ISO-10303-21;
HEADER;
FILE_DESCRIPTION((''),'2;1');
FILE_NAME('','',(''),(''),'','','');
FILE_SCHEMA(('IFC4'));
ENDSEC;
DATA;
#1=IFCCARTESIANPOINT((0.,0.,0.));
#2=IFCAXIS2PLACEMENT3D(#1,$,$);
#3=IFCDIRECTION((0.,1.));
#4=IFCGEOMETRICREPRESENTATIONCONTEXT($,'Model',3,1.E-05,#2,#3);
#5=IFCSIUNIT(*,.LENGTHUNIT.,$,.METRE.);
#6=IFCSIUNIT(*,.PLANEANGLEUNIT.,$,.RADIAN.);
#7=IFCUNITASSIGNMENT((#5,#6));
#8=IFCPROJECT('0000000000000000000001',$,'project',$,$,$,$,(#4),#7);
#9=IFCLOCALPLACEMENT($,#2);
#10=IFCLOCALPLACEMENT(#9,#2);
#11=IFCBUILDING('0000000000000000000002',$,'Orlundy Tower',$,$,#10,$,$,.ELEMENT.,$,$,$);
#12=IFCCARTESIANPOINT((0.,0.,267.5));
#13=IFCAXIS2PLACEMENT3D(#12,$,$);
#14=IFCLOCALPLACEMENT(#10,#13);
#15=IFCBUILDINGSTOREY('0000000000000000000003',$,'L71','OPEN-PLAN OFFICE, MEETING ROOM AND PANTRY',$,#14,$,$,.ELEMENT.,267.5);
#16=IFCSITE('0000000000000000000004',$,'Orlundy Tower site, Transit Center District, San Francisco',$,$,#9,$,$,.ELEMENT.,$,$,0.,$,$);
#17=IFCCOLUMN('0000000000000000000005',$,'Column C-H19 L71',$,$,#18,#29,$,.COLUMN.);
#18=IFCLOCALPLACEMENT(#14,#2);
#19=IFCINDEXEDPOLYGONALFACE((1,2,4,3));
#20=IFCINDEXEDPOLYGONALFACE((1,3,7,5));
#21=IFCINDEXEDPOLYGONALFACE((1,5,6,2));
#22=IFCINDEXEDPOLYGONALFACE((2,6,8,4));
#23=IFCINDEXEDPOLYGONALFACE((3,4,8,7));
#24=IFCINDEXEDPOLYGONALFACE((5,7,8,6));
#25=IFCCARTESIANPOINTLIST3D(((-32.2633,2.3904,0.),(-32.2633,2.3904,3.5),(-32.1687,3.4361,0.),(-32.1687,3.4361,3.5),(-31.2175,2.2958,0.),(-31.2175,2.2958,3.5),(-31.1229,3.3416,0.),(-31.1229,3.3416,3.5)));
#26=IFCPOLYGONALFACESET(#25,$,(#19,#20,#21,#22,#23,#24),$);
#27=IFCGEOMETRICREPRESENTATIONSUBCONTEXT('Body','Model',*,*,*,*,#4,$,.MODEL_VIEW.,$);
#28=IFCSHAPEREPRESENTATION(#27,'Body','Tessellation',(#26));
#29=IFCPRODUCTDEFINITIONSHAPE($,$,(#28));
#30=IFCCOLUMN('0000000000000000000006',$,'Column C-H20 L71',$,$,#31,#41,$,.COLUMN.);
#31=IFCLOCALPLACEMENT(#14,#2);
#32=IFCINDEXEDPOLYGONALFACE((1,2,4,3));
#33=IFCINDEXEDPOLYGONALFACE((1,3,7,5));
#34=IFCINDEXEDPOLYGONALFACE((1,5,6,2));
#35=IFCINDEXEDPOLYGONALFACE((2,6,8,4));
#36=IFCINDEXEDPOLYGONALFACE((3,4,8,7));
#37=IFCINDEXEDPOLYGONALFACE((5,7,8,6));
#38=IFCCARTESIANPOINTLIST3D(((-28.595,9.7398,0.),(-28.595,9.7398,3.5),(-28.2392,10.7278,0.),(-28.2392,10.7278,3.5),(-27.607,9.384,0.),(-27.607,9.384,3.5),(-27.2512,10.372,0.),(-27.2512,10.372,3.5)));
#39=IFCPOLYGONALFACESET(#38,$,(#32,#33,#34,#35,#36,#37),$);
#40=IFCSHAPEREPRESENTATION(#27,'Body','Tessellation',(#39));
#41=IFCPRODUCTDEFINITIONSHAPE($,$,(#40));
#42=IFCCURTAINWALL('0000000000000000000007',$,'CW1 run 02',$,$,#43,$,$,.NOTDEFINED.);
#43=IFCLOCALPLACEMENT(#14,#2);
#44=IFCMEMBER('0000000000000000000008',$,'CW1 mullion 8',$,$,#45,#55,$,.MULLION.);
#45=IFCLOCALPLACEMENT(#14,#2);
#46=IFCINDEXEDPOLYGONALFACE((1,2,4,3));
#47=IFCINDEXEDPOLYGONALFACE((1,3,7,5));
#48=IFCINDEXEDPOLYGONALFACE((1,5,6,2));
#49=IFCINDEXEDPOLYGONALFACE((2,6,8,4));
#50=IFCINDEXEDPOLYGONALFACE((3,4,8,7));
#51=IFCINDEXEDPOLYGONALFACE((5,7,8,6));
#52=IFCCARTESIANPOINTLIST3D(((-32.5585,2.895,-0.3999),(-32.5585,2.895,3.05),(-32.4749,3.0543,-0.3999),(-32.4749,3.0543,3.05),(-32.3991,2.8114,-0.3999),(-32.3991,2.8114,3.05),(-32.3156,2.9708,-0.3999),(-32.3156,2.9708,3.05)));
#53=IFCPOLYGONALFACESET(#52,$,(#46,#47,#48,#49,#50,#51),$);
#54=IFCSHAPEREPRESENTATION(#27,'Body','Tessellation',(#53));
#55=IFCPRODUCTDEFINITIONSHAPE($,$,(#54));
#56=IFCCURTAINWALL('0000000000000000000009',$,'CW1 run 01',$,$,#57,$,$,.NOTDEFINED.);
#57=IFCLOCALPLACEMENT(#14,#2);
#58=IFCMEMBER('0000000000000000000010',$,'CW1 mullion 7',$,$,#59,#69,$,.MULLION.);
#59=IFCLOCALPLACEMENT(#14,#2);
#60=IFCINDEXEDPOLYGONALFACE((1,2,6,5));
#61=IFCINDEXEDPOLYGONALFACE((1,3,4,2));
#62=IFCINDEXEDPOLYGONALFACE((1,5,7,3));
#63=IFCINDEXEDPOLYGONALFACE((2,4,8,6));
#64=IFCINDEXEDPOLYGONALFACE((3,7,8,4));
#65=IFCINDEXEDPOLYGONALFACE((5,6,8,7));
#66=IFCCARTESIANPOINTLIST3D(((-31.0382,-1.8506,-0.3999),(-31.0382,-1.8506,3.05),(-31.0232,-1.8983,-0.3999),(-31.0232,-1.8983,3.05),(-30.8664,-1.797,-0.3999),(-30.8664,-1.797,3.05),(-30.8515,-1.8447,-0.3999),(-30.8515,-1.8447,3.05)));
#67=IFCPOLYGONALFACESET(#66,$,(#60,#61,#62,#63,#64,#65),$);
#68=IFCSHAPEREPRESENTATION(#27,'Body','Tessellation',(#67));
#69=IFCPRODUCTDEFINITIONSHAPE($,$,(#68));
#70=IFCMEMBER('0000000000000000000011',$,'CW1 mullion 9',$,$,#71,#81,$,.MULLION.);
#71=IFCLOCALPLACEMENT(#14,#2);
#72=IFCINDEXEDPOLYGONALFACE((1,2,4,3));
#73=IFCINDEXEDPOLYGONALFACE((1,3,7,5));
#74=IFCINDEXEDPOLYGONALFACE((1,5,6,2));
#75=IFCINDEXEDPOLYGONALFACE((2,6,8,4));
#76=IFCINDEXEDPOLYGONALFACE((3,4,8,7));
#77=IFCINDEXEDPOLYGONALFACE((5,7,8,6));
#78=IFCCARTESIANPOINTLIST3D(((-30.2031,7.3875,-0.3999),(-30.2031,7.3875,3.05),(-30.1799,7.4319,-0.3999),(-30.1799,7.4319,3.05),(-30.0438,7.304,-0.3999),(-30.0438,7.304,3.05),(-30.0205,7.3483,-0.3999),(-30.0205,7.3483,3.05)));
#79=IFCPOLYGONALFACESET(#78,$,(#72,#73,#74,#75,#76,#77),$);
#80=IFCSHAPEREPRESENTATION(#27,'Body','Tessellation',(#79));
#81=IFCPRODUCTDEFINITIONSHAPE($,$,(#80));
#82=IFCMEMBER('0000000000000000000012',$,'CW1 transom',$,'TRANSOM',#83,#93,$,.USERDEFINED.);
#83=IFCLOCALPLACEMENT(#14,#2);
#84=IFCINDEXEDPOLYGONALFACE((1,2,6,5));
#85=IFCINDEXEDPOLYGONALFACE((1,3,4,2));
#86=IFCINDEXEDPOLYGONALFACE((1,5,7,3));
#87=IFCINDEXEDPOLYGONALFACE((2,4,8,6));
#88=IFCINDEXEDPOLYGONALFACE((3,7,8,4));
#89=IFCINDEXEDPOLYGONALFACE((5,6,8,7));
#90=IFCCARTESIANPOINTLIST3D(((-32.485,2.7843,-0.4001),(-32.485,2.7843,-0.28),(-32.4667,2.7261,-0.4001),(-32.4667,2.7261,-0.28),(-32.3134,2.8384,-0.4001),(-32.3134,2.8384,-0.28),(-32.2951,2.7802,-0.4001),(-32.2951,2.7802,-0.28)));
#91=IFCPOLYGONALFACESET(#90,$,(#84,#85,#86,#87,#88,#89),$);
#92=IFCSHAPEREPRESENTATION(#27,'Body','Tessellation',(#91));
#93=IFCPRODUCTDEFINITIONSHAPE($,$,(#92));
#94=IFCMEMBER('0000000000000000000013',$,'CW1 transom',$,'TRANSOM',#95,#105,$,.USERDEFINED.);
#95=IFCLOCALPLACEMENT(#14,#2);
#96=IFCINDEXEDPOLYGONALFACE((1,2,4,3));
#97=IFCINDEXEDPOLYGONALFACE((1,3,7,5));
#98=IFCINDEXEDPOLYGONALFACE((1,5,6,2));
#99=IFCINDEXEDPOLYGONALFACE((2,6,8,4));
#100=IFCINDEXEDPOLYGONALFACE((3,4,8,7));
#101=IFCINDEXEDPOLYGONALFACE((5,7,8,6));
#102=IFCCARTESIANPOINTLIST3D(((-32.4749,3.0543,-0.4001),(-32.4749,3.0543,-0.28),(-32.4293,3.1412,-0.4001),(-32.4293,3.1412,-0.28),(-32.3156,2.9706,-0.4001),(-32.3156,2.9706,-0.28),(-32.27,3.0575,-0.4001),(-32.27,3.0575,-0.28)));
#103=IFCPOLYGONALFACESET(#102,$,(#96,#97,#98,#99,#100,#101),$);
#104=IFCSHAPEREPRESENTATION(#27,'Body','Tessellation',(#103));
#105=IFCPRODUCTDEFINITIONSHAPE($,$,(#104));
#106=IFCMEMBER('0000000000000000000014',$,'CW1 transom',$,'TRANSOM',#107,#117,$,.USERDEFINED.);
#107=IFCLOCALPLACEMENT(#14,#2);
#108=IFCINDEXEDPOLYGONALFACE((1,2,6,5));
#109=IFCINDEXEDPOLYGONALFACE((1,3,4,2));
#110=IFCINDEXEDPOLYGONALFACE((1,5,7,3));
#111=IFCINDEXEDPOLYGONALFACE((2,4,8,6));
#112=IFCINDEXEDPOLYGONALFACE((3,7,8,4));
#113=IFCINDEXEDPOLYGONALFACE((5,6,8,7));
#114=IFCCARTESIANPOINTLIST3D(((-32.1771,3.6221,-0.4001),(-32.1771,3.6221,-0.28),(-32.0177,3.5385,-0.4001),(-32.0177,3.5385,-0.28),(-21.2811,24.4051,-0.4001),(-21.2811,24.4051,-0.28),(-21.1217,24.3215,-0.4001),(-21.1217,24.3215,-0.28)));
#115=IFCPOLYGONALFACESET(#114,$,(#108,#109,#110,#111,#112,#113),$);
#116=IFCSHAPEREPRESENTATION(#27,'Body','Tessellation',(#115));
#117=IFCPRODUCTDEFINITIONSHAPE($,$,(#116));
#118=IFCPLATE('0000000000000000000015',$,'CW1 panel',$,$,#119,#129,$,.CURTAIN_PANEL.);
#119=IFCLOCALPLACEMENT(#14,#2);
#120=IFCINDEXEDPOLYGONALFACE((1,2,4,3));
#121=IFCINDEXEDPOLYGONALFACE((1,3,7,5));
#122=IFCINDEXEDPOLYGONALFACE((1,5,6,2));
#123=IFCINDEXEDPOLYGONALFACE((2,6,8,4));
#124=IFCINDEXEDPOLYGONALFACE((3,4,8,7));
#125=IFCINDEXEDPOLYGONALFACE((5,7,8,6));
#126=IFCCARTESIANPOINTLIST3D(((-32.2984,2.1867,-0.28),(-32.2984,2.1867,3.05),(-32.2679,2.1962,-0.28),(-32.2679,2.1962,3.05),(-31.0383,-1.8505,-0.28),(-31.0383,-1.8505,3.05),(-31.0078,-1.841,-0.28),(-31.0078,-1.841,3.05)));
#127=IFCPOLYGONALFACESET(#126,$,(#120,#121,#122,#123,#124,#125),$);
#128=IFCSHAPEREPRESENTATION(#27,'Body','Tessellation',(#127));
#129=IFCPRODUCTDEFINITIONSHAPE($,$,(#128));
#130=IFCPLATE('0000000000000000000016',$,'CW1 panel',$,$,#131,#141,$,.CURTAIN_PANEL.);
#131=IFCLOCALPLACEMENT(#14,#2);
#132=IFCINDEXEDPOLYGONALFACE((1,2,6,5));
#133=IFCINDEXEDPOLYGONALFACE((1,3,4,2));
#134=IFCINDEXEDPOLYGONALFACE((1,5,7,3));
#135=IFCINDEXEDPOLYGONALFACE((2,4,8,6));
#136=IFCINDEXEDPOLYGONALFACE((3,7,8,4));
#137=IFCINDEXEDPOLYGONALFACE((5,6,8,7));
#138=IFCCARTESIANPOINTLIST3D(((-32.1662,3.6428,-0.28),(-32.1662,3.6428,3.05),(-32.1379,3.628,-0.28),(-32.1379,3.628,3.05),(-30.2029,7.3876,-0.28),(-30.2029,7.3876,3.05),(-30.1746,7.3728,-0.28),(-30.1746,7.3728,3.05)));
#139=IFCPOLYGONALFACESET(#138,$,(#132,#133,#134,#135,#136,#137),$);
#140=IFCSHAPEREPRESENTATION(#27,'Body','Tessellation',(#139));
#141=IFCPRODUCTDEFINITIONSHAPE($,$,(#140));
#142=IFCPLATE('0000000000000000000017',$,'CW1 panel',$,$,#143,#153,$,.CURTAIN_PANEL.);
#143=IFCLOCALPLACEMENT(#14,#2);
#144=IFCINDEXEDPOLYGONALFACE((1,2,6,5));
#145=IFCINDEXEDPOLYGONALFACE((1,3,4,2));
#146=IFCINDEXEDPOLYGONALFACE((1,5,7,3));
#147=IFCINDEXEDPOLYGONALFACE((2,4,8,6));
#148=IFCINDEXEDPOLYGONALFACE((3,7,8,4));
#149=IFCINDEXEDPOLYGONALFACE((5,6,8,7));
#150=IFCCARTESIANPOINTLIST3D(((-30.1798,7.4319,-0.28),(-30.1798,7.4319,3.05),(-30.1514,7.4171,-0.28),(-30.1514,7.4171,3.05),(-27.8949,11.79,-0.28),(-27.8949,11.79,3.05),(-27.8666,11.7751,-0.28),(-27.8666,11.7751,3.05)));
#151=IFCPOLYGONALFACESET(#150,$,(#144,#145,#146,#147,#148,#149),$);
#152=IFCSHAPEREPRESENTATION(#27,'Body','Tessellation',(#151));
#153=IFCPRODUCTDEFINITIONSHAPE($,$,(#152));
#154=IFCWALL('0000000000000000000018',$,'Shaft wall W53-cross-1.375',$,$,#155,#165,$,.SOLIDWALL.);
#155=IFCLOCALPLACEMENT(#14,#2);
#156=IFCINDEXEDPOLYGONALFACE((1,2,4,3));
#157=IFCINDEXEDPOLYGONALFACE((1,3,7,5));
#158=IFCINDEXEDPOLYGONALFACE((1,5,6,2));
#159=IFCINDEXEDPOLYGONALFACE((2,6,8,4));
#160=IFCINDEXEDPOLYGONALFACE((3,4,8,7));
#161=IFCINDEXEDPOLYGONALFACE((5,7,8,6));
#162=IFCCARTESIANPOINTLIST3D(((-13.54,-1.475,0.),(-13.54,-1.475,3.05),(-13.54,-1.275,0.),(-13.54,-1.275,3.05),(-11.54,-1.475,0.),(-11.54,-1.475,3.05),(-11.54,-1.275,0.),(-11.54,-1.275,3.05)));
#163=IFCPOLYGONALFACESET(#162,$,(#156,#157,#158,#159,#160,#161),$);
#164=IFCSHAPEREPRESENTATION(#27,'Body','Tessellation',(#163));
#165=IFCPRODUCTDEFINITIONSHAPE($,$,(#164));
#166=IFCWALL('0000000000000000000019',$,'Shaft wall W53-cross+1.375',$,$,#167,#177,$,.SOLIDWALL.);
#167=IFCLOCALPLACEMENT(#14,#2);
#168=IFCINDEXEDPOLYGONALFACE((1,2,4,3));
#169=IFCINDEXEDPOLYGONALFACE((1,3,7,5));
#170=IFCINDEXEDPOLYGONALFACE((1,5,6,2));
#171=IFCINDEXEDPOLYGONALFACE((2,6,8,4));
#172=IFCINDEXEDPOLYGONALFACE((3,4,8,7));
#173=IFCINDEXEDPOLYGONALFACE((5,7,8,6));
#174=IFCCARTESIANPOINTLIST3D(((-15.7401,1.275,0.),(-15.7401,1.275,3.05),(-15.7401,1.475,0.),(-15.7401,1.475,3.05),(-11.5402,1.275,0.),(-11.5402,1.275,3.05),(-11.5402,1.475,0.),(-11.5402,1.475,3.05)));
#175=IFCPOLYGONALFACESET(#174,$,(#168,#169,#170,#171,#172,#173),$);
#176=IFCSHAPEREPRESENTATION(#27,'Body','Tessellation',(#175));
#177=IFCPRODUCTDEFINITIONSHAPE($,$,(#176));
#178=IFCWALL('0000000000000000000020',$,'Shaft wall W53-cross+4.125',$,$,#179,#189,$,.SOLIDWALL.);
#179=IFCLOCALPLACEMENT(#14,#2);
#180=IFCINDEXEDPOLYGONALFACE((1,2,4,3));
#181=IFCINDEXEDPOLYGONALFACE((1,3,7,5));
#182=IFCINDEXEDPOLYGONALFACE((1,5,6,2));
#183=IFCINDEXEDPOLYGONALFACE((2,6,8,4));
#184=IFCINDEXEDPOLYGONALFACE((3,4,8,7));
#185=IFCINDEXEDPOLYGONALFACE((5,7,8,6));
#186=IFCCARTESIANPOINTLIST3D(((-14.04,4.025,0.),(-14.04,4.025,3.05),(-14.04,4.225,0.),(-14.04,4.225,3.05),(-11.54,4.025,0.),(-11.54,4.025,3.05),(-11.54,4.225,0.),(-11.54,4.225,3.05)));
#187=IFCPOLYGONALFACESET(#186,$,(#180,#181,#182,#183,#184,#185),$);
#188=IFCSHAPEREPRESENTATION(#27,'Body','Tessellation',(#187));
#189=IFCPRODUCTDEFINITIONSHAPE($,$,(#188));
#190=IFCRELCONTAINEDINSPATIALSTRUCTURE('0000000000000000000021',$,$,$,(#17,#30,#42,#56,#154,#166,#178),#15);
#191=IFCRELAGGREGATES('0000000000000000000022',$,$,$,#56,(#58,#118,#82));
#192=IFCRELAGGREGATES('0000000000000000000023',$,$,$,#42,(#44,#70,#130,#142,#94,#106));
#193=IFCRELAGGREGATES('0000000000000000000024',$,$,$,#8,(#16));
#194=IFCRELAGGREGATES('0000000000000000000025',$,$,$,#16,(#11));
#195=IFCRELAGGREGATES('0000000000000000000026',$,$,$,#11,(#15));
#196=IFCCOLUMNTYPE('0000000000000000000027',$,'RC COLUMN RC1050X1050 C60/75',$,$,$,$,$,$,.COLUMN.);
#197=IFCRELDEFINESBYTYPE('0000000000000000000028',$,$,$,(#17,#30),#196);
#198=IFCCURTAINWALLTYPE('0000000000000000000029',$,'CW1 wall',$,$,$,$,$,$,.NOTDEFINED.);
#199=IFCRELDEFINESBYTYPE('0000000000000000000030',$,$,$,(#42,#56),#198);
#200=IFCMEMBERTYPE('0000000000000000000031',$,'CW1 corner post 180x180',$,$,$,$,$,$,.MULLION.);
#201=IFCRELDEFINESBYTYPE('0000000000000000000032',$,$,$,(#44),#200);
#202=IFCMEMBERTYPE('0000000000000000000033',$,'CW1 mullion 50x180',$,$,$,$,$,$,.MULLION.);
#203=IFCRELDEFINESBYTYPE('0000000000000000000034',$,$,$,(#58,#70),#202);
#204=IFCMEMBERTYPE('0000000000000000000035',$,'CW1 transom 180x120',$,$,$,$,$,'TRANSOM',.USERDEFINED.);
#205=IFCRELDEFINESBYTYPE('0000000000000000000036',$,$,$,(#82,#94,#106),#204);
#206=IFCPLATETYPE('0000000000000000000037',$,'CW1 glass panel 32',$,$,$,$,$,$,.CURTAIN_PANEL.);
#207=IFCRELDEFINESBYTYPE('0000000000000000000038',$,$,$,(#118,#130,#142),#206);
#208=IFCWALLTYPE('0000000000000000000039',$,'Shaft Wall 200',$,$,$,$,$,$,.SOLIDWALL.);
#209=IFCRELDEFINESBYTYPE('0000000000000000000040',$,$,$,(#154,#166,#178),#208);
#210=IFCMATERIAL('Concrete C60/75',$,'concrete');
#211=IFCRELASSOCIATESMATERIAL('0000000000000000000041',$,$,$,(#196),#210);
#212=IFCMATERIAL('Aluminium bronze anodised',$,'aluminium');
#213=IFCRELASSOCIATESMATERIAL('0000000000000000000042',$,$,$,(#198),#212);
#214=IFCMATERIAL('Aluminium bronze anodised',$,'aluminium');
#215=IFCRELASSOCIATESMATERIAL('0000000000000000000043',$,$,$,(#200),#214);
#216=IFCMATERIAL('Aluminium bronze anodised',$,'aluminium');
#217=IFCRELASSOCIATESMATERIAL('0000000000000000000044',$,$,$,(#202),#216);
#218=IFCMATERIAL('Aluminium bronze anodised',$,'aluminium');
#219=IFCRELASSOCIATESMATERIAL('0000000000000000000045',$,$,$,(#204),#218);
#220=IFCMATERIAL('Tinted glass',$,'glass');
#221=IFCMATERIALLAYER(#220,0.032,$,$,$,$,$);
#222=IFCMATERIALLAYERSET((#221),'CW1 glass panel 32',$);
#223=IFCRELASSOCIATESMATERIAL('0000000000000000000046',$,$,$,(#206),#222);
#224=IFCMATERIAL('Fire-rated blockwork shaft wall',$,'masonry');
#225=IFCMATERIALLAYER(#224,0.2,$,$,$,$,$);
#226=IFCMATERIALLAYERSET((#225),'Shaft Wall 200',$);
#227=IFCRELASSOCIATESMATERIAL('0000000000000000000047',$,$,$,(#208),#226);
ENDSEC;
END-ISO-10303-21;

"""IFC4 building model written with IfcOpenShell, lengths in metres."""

from ifc_helpers import new_model, si_unit, direction, frame, frame_2d, origin, origin_2d, place, context, subcontext, project, spatial, rectangle, extrude, material, layer, layer_set, material_profile, profile_set, type_object, element, aggregate, save


model = new_model("IFC4")

# Units and contexts
model_context = context("Model", 3, precision=1e-05, world=origin(), true_north=direction((0.0, 1.0)))
body_context = subcontext(model_context, "Body", "Model", "MODEL_VIEW")
ifc_project = project(units=[si_unit("LENGTHUNIT", "METRE"), si_unit("PLANEANGLEUNIT", "RADIAN")], contexts=[model_context])

# Site, building, storey
site_placement = place(None, origin())
site = spatial("IfcSite", under=ifc_project, at=site_placement, Name="Orlundy Tower site, Transit Center District, San Francisco", CompositionType="ELEMENT", RefElevation=0.0)
building_placement = place(site_placement, origin())
building = spatial("IfcBuilding", under=site, at=building_placement, Name="Orlundy Tower", CompositionType="ELEMENT")
storey_placement = place(building_placement, frame((0.0, 0.0, 267.5)))
storey = spatial("IfcBuildingStorey", under=building, at=storey_placement, Name="L71", Description="OPEN-PLAN OFFICE, MEETING ROOM AND PANTRY", CompositionType="ELEMENT", Elevation=267.5)

# Columns
ifc_material_1 = material(Name="Concrete C60/75", Category="concrete")
ifc_material_profile_1 = material_profile(ifc_material_1, rectangle(XDim=1.05, YDim=1.05, at=origin_2d()), Name="RC1050X1050")
ifc_profile_set_1 = profile_set([ifc_material_profile_1], Name="Concrete C60/75")
column_type = type_object("IfcColumnType", Name="RC COLUMN RC1050X1050 C60/75", PredefinedType="COLUMN", material=ifc_profile_set_1)
for number, where, z_axis, x_axis, name in (
    (1, (-31.6931, 2.866, 0.0), (0.0, 0.0, 1.0), (-0.995936, 0.090059, 0.0), "Column C-H19 L71"),
    (2, (-27.9231, 10.0559, 0.0), (0.0, 0.0, 1.0), (-0.940845, 0.338836, 0.0), "Column C-H20 L71"),
):
    element("IfcColumn", number, at=place(storey_placement, frame(where, z_axis=z_axis, x_axis=x_axis)), inside=storey, type_object=column_type, Name=name, PredefinedType="COLUMN", context=body_context, shape_type="SweptSolid", body=[
        extrude(rectangle(XDim=1.05, YDim=1.05, at=origin_2d()), origin(), (0.0, 0.0, 1.0), 3.5),
    ])

# Curtain walls, members
ifc_material_2 = material(Name="Aluminium bronze anodised", Category="aluminium")
curtain_wall_type = type_object("IfcCurtainWallType", Name="CW1 wall", PredefinedType="NOTDEFINED", material=ifc_material_2)
curtain_wall_1_placement = place(storey_placement, origin())
curtain_wall_1 = element("IfcCurtainWall", 3, at=curtain_wall_1_placement, inside=storey, type_object=curtain_wall_type, Name="CW1 run 02", PredefinedType="NOTDEFINED")
ifc_material_3 = material(Name="Aluminium bronze anodised", Category="aluminium")
ifc_material_profile_2 = material_profile(ifc_material_3, rectangle(XDim=0.1799, YDim=0.1799, at=origin_2d()), Name="CW1 corner post 180x180")
ifc_profile_set_2 = profile_set([ifc_material_profile_2], Name="Aluminium bronze anodised")
member_type_1 = type_object("IfcMemberType", Name="CW1 corner post 180x180", PredefinedType="MULLION", material=ifc_profile_set_2)
member_1_placement = place(storey_placement, frame((-32.437, 2.9329, -0.3999), z_axis=(0.0, 0.0, 1.0), x_axis=(-0.885659, 0.464336, 0.0)))
member_1 = element("IfcMember", 4, at=member_1_placement, type_object=member_type_1, Name="CW1 mullion 8", PredefinedType="MULLION", context=body_context, shape_type="SweptSolid", body=[
    extrude(rectangle(XDim=0.1799, YDim=0.1799, at=origin_2d()), origin(), (0.0, 0.0, 1.0), 3.45),
])
curtain_wall_2_placement = place(storey_placement, origin())
curtain_wall_2 = element("IfcCurtainWall", 5, at=curtain_wall_2_placement, inside=storey, type_object=curtain_wall_type, Name="CW1 run 01", PredefinedType="NOTDEFINED")
ifc_material_4 = material(Name="Aluminium bronze anodised", Category="aluminium")
ifc_material_profile_3 = material_profile(ifc_material_4, rectangle(XDim=0.1799, YDim=0.05, at=origin_2d()), Name="CW1 mullion 50x180")
ifc_profile_set_3 = profile_set([ifc_material_profile_3], Name="Aluminium bronze anodised")
member_type_2 = type_object("IfcMemberType", Name="CW1 mullion 50x180", PredefinedType="MULLION", material=ifc_profile_set_3)
member_2_placement = place(storey_placement, frame((-30.9448, -1.8477, -0.3999), z_axis=(0.0, 0.0, 1.0), x_axis=(-0.95458, -0.297954, 0.0)))
member_2 = element("IfcMember", 6, at=member_2_placement, type_object=member_type_2, Name="CW1 mullion 7", PredefinedType="MULLION", context=body_context, shape_type="SweptSolid", body=[
    extrude(rectangle(XDim=0.1799, YDim=0.05, at=origin_2d()), origin(), (0.0, 0.0, 1.0), 3.45),
])

# Members
member_3_placement = place(storey_placement, frame((-30.1118, 7.3679, -0.3999), z_axis=(0.0, 0.0, 1.0), x_axis=(-0.885659, 0.464336, 0.0)))
member_3 = element("IfcMember", 7, at=member_3_placement, type_object=member_type_2, Name="CW1 mullion 9", PredefinedType="MULLION", context=body_context, shape_type="SweptSolid", body=[
    extrude(rectangle(XDim=0.1799, YDim=0.05, at=origin_2d()), origin(), (0.0, 0.0, 1.0), 3.45),
])
ifc_material_5 = material(Name="Aluminium bronze anodised", Category="aluminium")
ifc_material_profile_4 = material_profile(ifc_material_5, rectangle(XDim=0.1799, YDim=0.1201, at=origin_2d()), Name="CW1 transom 180x120")
ifc_profile_set_4 = profile_set([ifc_material_profile_4], Name="Aluminium bronze anodised")
member_type_3 = type_object("IfcMemberType", Name="CW1 transom 180x120", ElementType="TRANSOM", PredefinedType="USERDEFINED", material=ifc_profile_set_4)
member_4_placement = place(storey_placement, frame((-32.3809, 2.7532, -0.3401), z_axis=(-0.300556, 0.953764, 0.0), x_axis=(-0.953764, -0.300556, 0.0)))
member_4 = element("IfcMember", 8, at=member_4_placement, type_object=member_type_3, Name="CW1 transom", ObjectType="TRANSOM", PredefinedType="USERDEFINED", context=body_context, shape_type="SweptSolid", body=[
    extrude(rectangle(XDim=0.1799, YDim=0.1201, at=origin_2d()), origin(), (0.0, 0.0, 1.0), 0.061),
])
member_5_placement = place(storey_placement, frame((-32.3953, 3.0125, -0.3401), z_axis=(0.465029, 0.885296, 0.0), x_axis=(-0.885296, 0.465029, 0.0)))
member_5 = element("IfcMember", 9, at=member_5_placement, type_object=member_type_3, Name="CW1 transom", ObjectType="TRANSOM", PredefinedType="USERDEFINED", context=body_context, shape_type="SweptSolid", body=[
    extrude(rectangle(XDim=0.1799, YDim=0.1201, at=origin_2d()), origin(), (0.0, 0.0, 1.0), 0.0981),
])
member_6_placement = place(storey_placement, frame((-32.0974, 3.5803, -0.3401), z_axis=(0.464331, 0.885662, 0.0), x_axis=(-0.885662, 0.464331, 0.0)))
member_6 = element("IfcMember", 10, at=member_6_placement, type_object=member_type_3, Name="CW1 transom", ObjectType="TRANSOM", PredefinedType="USERDEFINED", context=body_context, shape_type="SweptSolid", body=[
    extrude(rectangle(XDim=0.1799, YDim=0.1201, at=origin_2d()), origin(), (0.0, 0.0, 1.0), 23.4661),
])

# Plates
ifc_material_6 = material(Name="Tinted glass", Category="glass")
ifc_layer_1 = layer(ifc_material_6, 0.032)
ifc_layer_set_1 = layer_set([ifc_layer_1], Name="CW1 glass panel 32")
plate_type = type_object("IfcPlateType", Name="CW1 glass panel 32", PredefinedType="CURTAIN_PANEL", material=ifc_layer_set_1)
plate_1_placement = place(storey_placement, frame((-31.6531, 0.1729, -0.28), z_axis=(0.0, 0.0, 1.0), x_axis=(-0.297954, 0.95458, 0.0)))
plate_1 = element("IfcPlate", 11, at=plate_1_placement, type_object=plate_type, Name="CW1 panel", PredefinedType="CURTAIN_PANEL", context=body_context, shape_type="SweptSolid", body=[
    extrude(rectangle(XDim=4.2292, YDim=0.032, at=origin_2d()), origin(), (0.0, 0.0, 1.0), 3.3301),
])
aggregate(curtain_wall_2, [member_2, plate_1, member_4])
plate_2_placement = place(storey_placement, frame((-31.1704, 5.5078, -0.28), z_axis=(0.0, 0.0, 1.0), x_axis=(0.464336, 0.885659, 0.0)))
plate_2 = element("IfcPlate", 12, at=plate_2_placement, type_object=plate_type, Name="CW1 panel", PredefinedType="CURTAIN_PANEL", context=body_context, shape_type="SweptSolid", body=[
    extrude(rectangle(XDim=4.2283, YDim=0.032, at=origin_2d()), origin(), (0.0, 0.0, 1.0), 3.3301),
])
plate_3_placement = place(storey_placement, frame((-29.0232, 9.6035, -0.28), z_axis=(0.0, 0.0, 1.0), x_axis=(0.464336, 0.885659, 0.0)))
plate_3 = element("IfcPlate", 13, at=plate_3_placement, type_object=plate_type, Name="CW1 panel", PredefinedType="CURTAIN_PANEL", context=body_context, shape_type="SweptSolid", body=[
    extrude(rectangle(XDim=4.9207, YDim=0.032, at=origin_2d()), origin(), (0.0, 0.0, 1.0), 3.3301),
])
aggregate(curtain_wall_1, [member_1, member_3, plate_2, plate_3, member_5, member_6])

# Walls
ifc_material_7 = material(Name="Fire-rated blockwork shaft wall", Category="masonry")
ifc_layer_2 = layer(ifc_material_7, 0.2)
ifc_layer_set_2 = layer_set([ifc_layer_2], Name="Shaft Wall 200")
wall_type = type_object("IfcWallType", Name="Shaft Wall 200", PredefinedType="SOLIDWALL", material=ifc_layer_set_2)
wall_1_placement = place(storey_placement, frame((-11.54, -1.375, 0.0), z_axis=(0.0, 0.0, 1.0), x_axis=(-1.0, 0.0, 0.0)))
element("IfcWall", 14, at=wall_1_placement, inside=storey, type_object=wall_type, Name="Shaft wall W53-cross-1.375", PredefinedType="SOLIDWALL", context=body_context, shape_type="SweptSolid", body=[
    extrude(rectangle(XDim=2.0, YDim=0.2, at=frame_2d((1.0, 0.0))), origin(), (0.0, 0.0, 1.0), 3.05),
])
wall_2_placement = place(storey_placement, frame((-11.54, 1.375, 0.0), z_axis=(0.0, 0.0, 1.0), x_axis=(-1.0, 0.0, 0.0)))
element("IfcWall", 15, at=wall_2_placement, inside=storey, type_object=wall_type, Name="Shaft wall W53-cross+1.375", PredefinedType="SOLIDWALL", context=body_context, shape_type="SweptSolid", body=[
    extrude(rectangle(XDim=4.2, YDim=0.2, at=frame_2d((2.1001, 0.0))), origin(), (0.0, 0.0, 1.0), 3.05),
])
wall_3_placement = place(storey_placement, frame((-11.54, 4.125, 0.0), z_axis=(0.0, 0.0, 1.0), x_axis=(-1.0, 0.0, 0.0)))
element("IfcWall", 16, at=wall_3_placement, inside=storey, type_object=wall_type, Name="Shaft wall W53-cross+4.125", PredefinedType="SOLIDWALL", context=body_context, shape_type="SweptSolid", body=[
    extrude(rectangle(XDim=2.5, YDim=0.2, at=frame_2d((1.25, 0.0))), origin(), (0.0, 0.0, 1.0), 3.05),
])

save(model, "model.ifc")
